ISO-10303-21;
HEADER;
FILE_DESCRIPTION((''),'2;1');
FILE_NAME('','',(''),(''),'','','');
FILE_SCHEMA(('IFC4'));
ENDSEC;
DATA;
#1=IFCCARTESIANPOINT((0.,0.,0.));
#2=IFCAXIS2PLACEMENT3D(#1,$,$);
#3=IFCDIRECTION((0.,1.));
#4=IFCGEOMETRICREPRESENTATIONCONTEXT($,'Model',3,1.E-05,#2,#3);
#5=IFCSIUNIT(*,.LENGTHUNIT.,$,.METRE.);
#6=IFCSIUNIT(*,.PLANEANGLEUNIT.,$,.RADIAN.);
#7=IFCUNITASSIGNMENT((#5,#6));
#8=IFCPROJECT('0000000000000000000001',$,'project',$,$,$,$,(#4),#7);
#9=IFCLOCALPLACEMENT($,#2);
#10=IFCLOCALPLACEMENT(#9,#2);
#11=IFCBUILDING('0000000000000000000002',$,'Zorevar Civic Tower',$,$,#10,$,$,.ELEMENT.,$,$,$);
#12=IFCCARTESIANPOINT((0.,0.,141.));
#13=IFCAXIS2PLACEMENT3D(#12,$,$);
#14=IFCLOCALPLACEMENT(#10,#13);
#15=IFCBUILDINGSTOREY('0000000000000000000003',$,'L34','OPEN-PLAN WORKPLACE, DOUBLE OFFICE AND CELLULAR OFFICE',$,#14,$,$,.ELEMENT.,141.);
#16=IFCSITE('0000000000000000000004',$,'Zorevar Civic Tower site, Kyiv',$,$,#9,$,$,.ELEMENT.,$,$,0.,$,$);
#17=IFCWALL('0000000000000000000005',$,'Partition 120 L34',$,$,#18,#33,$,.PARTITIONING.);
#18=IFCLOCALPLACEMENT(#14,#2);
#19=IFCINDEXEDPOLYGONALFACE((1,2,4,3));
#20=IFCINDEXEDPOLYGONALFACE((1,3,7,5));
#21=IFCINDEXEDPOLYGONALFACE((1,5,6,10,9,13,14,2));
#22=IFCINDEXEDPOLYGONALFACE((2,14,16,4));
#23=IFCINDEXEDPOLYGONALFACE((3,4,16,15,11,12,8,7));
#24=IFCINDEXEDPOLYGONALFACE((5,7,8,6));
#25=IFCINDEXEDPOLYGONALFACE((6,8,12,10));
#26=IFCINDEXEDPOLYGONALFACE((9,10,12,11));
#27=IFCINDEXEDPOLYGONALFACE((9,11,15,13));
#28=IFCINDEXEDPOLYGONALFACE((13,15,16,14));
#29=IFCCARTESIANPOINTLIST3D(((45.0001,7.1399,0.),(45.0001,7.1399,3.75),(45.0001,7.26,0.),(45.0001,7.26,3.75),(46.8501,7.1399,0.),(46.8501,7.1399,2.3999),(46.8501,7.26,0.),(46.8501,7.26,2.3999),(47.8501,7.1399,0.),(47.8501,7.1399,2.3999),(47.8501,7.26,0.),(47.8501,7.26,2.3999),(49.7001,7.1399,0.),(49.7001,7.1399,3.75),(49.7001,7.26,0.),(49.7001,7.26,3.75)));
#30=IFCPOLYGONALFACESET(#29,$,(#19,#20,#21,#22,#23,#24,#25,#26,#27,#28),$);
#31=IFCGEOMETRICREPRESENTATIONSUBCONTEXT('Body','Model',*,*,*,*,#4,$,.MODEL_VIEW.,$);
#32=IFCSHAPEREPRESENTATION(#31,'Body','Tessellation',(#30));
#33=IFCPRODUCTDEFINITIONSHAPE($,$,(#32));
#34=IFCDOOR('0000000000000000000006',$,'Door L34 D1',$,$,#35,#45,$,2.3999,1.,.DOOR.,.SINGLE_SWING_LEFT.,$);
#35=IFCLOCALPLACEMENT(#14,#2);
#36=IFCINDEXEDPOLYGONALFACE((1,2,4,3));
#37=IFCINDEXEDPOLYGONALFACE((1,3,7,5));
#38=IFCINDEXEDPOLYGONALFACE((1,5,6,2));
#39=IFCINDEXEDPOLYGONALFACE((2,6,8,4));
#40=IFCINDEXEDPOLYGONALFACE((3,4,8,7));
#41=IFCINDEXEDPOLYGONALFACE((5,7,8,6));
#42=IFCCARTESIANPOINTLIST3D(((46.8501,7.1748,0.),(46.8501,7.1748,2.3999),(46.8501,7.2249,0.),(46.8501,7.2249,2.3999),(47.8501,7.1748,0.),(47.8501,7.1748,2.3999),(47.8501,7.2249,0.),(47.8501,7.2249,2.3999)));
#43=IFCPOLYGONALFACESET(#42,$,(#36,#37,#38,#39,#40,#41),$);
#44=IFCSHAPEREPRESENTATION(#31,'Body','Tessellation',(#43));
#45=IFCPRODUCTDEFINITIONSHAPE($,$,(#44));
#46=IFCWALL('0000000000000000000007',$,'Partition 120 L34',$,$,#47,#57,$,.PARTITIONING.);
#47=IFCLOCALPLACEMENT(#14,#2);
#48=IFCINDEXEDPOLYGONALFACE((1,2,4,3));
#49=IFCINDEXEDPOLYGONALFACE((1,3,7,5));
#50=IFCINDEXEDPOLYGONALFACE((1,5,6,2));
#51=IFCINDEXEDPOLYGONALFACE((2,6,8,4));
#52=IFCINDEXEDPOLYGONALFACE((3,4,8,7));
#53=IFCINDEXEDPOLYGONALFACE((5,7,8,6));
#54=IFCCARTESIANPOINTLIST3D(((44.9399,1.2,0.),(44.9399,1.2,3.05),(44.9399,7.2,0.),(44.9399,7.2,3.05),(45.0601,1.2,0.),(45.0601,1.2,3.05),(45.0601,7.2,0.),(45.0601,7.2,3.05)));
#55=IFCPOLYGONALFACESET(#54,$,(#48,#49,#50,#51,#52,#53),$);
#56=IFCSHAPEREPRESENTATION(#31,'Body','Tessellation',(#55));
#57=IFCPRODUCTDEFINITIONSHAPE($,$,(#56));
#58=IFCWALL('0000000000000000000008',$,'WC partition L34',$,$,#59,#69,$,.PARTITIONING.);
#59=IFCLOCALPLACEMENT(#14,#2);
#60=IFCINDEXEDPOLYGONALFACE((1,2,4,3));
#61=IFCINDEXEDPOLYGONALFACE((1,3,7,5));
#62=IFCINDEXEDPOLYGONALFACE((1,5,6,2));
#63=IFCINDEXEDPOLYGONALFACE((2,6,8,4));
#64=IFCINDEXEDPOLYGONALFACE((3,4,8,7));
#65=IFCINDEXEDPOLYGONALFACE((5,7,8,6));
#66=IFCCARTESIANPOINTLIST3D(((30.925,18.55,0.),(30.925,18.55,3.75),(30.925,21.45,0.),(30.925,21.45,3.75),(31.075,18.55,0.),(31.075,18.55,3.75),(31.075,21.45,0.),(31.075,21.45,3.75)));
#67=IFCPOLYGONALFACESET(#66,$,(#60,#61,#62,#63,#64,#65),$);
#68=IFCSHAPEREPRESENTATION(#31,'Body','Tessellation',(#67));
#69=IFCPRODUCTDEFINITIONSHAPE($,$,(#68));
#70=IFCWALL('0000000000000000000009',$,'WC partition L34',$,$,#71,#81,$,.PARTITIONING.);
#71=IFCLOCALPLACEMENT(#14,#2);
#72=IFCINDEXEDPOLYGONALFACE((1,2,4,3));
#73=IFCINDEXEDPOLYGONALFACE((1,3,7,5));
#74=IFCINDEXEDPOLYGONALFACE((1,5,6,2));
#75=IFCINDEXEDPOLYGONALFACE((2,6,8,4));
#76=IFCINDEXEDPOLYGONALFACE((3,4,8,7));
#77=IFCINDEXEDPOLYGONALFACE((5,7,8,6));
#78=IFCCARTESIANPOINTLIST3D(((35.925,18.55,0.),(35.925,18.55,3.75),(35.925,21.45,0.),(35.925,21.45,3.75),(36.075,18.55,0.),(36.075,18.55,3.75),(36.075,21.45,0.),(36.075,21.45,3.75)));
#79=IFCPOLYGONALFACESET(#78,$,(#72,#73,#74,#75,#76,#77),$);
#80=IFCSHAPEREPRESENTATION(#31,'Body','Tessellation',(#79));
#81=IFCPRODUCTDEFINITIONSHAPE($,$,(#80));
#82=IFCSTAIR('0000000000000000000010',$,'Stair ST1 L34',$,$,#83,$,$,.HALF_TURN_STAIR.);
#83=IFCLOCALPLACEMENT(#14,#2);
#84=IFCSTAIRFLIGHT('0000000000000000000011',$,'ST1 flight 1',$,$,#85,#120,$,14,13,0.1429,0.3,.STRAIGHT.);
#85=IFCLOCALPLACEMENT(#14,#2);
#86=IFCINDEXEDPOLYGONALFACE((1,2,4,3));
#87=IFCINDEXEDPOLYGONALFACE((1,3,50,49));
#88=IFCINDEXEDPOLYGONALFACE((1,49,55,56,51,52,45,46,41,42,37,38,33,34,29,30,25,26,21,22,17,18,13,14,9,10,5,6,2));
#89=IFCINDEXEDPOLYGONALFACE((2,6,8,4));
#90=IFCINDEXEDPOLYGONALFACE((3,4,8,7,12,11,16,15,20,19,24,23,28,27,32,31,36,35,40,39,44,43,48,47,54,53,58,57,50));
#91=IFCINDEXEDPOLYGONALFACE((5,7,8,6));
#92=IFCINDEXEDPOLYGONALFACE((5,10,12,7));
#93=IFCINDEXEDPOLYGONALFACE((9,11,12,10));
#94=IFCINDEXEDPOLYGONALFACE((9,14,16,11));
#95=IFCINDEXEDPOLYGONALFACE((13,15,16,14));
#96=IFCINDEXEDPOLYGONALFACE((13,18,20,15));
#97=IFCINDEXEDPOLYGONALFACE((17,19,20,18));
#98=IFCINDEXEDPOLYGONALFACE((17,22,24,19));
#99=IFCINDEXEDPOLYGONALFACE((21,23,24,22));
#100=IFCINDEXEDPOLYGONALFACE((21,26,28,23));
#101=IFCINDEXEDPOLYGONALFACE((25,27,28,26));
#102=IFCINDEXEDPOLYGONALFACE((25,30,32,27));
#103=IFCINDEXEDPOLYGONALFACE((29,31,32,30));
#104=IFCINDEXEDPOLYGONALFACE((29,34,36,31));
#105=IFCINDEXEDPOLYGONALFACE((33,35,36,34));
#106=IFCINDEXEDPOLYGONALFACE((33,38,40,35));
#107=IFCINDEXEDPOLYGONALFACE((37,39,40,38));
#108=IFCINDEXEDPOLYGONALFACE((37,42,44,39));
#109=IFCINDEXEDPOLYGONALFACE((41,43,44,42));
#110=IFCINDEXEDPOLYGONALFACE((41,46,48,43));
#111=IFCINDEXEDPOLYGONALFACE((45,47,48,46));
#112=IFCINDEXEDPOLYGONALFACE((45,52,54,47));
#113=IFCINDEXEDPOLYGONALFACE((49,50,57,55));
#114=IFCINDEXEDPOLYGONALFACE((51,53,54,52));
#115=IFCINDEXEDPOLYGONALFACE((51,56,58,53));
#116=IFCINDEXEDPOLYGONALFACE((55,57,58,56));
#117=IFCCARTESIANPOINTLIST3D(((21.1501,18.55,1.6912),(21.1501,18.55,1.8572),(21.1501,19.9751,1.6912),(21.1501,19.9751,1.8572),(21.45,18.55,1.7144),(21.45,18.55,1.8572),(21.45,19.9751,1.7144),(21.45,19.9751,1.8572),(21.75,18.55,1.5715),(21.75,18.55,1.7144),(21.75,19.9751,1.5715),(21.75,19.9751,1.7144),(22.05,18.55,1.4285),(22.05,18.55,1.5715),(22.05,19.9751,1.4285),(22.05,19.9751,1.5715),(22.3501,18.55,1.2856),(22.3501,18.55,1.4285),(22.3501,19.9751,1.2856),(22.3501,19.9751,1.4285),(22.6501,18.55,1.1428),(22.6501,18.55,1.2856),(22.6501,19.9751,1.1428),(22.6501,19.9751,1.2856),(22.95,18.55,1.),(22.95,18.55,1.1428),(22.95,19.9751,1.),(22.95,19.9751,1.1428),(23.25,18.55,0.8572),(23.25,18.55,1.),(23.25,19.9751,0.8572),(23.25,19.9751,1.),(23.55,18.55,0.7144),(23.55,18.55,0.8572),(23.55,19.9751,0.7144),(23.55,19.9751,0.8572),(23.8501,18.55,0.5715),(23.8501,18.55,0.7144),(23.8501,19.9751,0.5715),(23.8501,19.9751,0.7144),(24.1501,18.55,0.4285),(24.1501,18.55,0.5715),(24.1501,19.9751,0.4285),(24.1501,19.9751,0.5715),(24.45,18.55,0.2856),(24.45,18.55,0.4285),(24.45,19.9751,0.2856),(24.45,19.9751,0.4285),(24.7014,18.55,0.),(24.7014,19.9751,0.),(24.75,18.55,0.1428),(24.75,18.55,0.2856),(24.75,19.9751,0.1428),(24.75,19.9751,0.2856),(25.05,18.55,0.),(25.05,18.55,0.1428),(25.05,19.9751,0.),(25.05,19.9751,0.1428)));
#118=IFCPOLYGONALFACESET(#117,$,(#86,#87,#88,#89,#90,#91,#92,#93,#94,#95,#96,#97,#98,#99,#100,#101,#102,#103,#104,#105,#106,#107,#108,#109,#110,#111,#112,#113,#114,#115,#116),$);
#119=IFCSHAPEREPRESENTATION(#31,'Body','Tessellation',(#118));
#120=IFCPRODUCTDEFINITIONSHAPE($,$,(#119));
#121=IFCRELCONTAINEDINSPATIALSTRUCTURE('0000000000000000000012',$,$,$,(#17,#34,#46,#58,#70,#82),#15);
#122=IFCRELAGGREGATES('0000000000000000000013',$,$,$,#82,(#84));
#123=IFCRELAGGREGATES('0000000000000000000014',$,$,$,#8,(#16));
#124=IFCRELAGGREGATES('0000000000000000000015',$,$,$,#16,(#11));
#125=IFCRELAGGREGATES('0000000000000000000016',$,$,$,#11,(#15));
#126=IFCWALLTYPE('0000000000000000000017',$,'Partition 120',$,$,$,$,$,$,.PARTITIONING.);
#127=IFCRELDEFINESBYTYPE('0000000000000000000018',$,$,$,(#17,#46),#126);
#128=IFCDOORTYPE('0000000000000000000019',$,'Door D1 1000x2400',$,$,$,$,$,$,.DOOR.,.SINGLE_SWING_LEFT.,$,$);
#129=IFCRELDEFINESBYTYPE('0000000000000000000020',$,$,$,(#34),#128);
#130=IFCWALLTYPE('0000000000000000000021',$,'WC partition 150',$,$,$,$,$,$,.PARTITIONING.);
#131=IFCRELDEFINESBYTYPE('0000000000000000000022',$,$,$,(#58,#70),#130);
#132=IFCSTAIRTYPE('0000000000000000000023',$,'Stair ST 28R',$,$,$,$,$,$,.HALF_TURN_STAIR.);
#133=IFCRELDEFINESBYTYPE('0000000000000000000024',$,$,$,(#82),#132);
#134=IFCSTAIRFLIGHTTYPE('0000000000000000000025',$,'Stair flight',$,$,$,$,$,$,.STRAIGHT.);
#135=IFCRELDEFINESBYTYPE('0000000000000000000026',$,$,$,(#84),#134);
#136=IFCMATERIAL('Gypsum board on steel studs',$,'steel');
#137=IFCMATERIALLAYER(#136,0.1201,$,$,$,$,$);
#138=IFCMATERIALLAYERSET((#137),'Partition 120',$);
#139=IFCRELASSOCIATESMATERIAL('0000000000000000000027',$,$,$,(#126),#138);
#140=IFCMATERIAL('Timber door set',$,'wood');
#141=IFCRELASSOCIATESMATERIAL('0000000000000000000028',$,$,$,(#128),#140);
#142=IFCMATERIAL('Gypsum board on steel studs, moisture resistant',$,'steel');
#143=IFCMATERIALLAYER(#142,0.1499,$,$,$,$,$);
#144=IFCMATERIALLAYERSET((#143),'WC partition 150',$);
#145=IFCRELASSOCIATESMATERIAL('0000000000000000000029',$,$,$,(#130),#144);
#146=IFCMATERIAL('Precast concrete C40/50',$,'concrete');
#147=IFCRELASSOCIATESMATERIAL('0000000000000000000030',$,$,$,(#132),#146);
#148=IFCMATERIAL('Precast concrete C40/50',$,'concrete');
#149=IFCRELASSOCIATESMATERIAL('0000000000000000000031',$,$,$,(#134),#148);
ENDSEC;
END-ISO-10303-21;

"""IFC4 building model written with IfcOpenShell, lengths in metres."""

from ifc_helpers import new_model, si_unit, direction, frame, frame_2d, origin, place, context, subcontext, project, spatial, polyline, rectangle, outline, extrude, material, layer, layer_set, type_object, element, fill, aggregate, save


model = new_model("IFC4")

# Units and contexts
model_context = context("Model", 3, precision=1e-05, world=origin(), true_north=direction((0.0, 1.0)))
body_context = subcontext(model_context, "Body", "Model", "MODEL_VIEW")
ifc_project = project(units=[si_unit("LENGTHUNIT", "METRE"), si_unit("PLANEANGLEUNIT", "RADIAN")], contexts=[model_context])

# Site, building, storey
site_placement = place(None, origin())
site = spatial("IfcSite", under=ifc_project, at=site_placement, Name="Zorevar Civic Tower site, Kyiv", CompositionType="ELEMENT", RefElevation=0.0)
building_placement = place(site_placement, origin())
building = spatial("IfcBuilding", under=site, at=building_placement, Name="Zorevar Civic Tower", CompositionType="ELEMENT")
storey_placement = place(building_placement, frame((0.0, 0.0, 141.0)))
storey = spatial("IfcBuildingStorey", under=building, at=storey_placement, Name="L34", Description="OPEN-PLAN WORKPLACE, DOUBLE OFFICE AND CELLULAR OFFICE", CompositionType="ELEMENT", Elevation=141.0)

# Wall, opening, door
ifc_material_1 = material(Name="Gypsum board on steel studs", Category="steel")
ifc_layer_1 = layer(ifc_material_1, 0.1201)
ifc_layer_set_1 = layer_set([ifc_layer_1], Name="Partition 120")
wall_type_1 = type_object("IfcWallType", Name="Partition 120", PredefinedType="PARTITIONING", material=ifc_layer_set_1)
ifc_material_2 = material(Name="Timber door set", Category="wood")
door_type_1 = type_object("IfcDoorType", Name="Door D1 1000x2400", OperationType="SINGLE_SWING_LEFT", PredefinedType="DOOR", material=ifc_material_2)
wall_1_placement = place(storey_placement, frame((45.0, 7.2, 0.0), z_axis=(0.0, 0.0, 1.0), x_axis=(1.0, 0.0, 0.0)))
wall_1 = element("IfcWall", 1, at=wall_1_placement, inside=storey, type_object=wall_type_1, Name="Partition 120 L34", PredefinedType="PARTITIONING", context=body_context, shape_type="SweptSolid", body=[
    extrude(rectangle(XDim=4.7, YDim=0.1201, at=frame_2d((2.3501, 0.0))), origin(), (0.0, 0.0, 1.0), 3.75),
])
opening_1_placement = place(wall_1_placement, frame((1.8501, 0.0, 0.0)))
opening_1 = element("IfcOpeningElement", 2, at=opening_1_placement, cuts=wall_1, PredefinedType="OPENING", context=body_context, shape_type="SweptSolid", body=[
    extrude(rectangle(XDim=1.0, YDim=2.3999, at=frame_2d((0.5, 1.2))), frame((0.0, 0.0701, 0.0), z_axis=(0.0, -1.0, 0.0), x_axis=(1.0, 0.0, 0.0)), (0.0, 0.0, 1.0), 0.1401),
])
door_1_placement = place(opening_1_placement, origin())
door_1 = element("IfcDoor", 3, at=door_1_placement, inside=storey, type_object=door_type_1, Name="Door L34 D1", OperationType="SINGLE_SWING_LEFT", OverallHeight=2.3999, OverallWidth=1.0, PredefinedType="DOOR", context=body_context, shape_type="SweptSolid", body=[
    extrude(rectangle(XDim=1.0, YDim=2.3999, at=frame_2d((0.5, 1.2))), frame((0.0, 0.0249, 0.0), z_axis=(0.0, -1.0, 0.0), x_axis=(1.0, 0.0, 0.0)), (0.0, 0.0, 1.0), 0.05),
])
fill(opening_1, door_1)

# Walls
wall_2_placement = place(storey_placement, frame((45.0, 1.2, 0.0), z_axis=(0.0, 0.0, 1.0), x_axis=(0.0, 1.0, 0.0)))
element("IfcWall", 4, at=wall_2_placement, inside=storey, type_object=wall_type_1, Name="Partition 120 L34", PredefinedType="PARTITIONING", context=body_context, shape_type="SweptSolid", body=[
    extrude(rectangle(XDim=6.0, YDim=0.1201, at=frame_2d((3.0, 0.0))), origin(), (0.0, 0.0, 1.0), 3.05),
])
ifc_material_3 = material(Name="Gypsum board on steel studs, moisture resistant", Category="steel")
ifc_layer_2 = layer(ifc_material_3, 0.1499)
ifc_layer_set_2 = layer_set([ifc_layer_2], Name="WC partition 150")
wall_type_2 = type_object("IfcWallType", Name="WC partition 150", PredefinedType="PARTITIONING", material=ifc_layer_set_2)
for number, where, z_axis, x_axis, name in (
    (5, (31.0, 18.55, 0.0), (0.0, 0.0, 1.0), (0.0, 1.0, 0.0), "WC partition L34"),
    (6, (36.0, 18.55, 0.0), (0.0, 0.0, 1.0), (0.0, 1.0, 0.0), "WC partition L34"),
):
    element("IfcWall", number, at=place(storey_placement, frame(where, z_axis=z_axis, x_axis=x_axis)), inside=storey, type_object=wall_type_2, Name=name, PredefinedType="PARTITIONING", context=body_context, shape_type="SweptSolid", body=[
        extrude(rectangle(XDim=2.8999, YDim=0.1499, at=frame_2d((1.45, 0.0))), origin(), (0.0, 0.0, 1.0), 3.75),
    ])

# Stair, stair flight
ifc_material_4 = material(Name="Precast concrete C40/50", Category="concrete")
stair_type = type_object("IfcStairType", Name="Stair ST 28R", PredefinedType="HALF_TURN_STAIR", material=ifc_material_4)
stair_placement = place(storey_placement, origin())
stair = element("IfcStair", 7, at=stair_placement, inside=storey, type_object=stair_type, Name="Stair ST1 L34", PredefinedType="HALF_TURN_STAIR")
ifc_material_5 = material(Name="Precast concrete C40/50", Category="concrete")
stair_flight_type = type_object("IfcStairFlightType", Name="Stair flight", PredefinedType="STRAIGHT", material=ifc_material_5)
stair_flight_placement = place(storey_placement, frame((25.05, 19.2625, 0.0), z_axis=(0.0, 0.0, 1.0), x_axis=(-1.0, 0.0, 0.0)))
stair_flight = element("IfcStairFlight", 8, at=stair_flight_placement, type_object=stair_flight_type, Name="ST1 flight 1", NumberOfRisers=14, NumberOfTreads=13, PredefinedType="STRAIGHT", RiserHeight=0.1429, TreadLength=0.3, context=body_context, shape_type="SweptSolid", body=[
    extrude(outline(polyline([(0.0, 0.0), (0.0, 0.1428), (0.3, 0.1428), (0.3, 0.2856), (0.6001, 0.2856), (0.6001, 0.4285), (0.8999, 0.4285), (0.8999, 0.5715), (1.2, 0.5715), (1.2, 0.7144), (1.5, 0.7144), (1.5, 0.8572), (1.8, 0.8572), (1.8, 1.0), (2.1001, 1.0), (2.1001, 1.1428), (2.3999, 1.1428), (2.3999, 1.2856), (2.7, 1.2856), (2.7, 1.4285), (3.0, 1.4285), (3.0, 1.5715), (3.3, 1.5715), (3.3, 1.7144), (3.6001, 1.7144), (3.6001, 1.8572), (3.8999, 1.8572), (3.8999, 2.0), (3.8999, 1.6912), (0.3486, 0.0), (0.0, 0.0)])), frame((0.0, 0.7124, 0.0), z_axis=(0.0, -1.0, 0.0), x_axis=(1.0, 0.0, 0.0)), (0.0, 0.0, 1.0), 1.425),
])
aggregate(stair, [stair_flight])

save(model, "model.ifc")
